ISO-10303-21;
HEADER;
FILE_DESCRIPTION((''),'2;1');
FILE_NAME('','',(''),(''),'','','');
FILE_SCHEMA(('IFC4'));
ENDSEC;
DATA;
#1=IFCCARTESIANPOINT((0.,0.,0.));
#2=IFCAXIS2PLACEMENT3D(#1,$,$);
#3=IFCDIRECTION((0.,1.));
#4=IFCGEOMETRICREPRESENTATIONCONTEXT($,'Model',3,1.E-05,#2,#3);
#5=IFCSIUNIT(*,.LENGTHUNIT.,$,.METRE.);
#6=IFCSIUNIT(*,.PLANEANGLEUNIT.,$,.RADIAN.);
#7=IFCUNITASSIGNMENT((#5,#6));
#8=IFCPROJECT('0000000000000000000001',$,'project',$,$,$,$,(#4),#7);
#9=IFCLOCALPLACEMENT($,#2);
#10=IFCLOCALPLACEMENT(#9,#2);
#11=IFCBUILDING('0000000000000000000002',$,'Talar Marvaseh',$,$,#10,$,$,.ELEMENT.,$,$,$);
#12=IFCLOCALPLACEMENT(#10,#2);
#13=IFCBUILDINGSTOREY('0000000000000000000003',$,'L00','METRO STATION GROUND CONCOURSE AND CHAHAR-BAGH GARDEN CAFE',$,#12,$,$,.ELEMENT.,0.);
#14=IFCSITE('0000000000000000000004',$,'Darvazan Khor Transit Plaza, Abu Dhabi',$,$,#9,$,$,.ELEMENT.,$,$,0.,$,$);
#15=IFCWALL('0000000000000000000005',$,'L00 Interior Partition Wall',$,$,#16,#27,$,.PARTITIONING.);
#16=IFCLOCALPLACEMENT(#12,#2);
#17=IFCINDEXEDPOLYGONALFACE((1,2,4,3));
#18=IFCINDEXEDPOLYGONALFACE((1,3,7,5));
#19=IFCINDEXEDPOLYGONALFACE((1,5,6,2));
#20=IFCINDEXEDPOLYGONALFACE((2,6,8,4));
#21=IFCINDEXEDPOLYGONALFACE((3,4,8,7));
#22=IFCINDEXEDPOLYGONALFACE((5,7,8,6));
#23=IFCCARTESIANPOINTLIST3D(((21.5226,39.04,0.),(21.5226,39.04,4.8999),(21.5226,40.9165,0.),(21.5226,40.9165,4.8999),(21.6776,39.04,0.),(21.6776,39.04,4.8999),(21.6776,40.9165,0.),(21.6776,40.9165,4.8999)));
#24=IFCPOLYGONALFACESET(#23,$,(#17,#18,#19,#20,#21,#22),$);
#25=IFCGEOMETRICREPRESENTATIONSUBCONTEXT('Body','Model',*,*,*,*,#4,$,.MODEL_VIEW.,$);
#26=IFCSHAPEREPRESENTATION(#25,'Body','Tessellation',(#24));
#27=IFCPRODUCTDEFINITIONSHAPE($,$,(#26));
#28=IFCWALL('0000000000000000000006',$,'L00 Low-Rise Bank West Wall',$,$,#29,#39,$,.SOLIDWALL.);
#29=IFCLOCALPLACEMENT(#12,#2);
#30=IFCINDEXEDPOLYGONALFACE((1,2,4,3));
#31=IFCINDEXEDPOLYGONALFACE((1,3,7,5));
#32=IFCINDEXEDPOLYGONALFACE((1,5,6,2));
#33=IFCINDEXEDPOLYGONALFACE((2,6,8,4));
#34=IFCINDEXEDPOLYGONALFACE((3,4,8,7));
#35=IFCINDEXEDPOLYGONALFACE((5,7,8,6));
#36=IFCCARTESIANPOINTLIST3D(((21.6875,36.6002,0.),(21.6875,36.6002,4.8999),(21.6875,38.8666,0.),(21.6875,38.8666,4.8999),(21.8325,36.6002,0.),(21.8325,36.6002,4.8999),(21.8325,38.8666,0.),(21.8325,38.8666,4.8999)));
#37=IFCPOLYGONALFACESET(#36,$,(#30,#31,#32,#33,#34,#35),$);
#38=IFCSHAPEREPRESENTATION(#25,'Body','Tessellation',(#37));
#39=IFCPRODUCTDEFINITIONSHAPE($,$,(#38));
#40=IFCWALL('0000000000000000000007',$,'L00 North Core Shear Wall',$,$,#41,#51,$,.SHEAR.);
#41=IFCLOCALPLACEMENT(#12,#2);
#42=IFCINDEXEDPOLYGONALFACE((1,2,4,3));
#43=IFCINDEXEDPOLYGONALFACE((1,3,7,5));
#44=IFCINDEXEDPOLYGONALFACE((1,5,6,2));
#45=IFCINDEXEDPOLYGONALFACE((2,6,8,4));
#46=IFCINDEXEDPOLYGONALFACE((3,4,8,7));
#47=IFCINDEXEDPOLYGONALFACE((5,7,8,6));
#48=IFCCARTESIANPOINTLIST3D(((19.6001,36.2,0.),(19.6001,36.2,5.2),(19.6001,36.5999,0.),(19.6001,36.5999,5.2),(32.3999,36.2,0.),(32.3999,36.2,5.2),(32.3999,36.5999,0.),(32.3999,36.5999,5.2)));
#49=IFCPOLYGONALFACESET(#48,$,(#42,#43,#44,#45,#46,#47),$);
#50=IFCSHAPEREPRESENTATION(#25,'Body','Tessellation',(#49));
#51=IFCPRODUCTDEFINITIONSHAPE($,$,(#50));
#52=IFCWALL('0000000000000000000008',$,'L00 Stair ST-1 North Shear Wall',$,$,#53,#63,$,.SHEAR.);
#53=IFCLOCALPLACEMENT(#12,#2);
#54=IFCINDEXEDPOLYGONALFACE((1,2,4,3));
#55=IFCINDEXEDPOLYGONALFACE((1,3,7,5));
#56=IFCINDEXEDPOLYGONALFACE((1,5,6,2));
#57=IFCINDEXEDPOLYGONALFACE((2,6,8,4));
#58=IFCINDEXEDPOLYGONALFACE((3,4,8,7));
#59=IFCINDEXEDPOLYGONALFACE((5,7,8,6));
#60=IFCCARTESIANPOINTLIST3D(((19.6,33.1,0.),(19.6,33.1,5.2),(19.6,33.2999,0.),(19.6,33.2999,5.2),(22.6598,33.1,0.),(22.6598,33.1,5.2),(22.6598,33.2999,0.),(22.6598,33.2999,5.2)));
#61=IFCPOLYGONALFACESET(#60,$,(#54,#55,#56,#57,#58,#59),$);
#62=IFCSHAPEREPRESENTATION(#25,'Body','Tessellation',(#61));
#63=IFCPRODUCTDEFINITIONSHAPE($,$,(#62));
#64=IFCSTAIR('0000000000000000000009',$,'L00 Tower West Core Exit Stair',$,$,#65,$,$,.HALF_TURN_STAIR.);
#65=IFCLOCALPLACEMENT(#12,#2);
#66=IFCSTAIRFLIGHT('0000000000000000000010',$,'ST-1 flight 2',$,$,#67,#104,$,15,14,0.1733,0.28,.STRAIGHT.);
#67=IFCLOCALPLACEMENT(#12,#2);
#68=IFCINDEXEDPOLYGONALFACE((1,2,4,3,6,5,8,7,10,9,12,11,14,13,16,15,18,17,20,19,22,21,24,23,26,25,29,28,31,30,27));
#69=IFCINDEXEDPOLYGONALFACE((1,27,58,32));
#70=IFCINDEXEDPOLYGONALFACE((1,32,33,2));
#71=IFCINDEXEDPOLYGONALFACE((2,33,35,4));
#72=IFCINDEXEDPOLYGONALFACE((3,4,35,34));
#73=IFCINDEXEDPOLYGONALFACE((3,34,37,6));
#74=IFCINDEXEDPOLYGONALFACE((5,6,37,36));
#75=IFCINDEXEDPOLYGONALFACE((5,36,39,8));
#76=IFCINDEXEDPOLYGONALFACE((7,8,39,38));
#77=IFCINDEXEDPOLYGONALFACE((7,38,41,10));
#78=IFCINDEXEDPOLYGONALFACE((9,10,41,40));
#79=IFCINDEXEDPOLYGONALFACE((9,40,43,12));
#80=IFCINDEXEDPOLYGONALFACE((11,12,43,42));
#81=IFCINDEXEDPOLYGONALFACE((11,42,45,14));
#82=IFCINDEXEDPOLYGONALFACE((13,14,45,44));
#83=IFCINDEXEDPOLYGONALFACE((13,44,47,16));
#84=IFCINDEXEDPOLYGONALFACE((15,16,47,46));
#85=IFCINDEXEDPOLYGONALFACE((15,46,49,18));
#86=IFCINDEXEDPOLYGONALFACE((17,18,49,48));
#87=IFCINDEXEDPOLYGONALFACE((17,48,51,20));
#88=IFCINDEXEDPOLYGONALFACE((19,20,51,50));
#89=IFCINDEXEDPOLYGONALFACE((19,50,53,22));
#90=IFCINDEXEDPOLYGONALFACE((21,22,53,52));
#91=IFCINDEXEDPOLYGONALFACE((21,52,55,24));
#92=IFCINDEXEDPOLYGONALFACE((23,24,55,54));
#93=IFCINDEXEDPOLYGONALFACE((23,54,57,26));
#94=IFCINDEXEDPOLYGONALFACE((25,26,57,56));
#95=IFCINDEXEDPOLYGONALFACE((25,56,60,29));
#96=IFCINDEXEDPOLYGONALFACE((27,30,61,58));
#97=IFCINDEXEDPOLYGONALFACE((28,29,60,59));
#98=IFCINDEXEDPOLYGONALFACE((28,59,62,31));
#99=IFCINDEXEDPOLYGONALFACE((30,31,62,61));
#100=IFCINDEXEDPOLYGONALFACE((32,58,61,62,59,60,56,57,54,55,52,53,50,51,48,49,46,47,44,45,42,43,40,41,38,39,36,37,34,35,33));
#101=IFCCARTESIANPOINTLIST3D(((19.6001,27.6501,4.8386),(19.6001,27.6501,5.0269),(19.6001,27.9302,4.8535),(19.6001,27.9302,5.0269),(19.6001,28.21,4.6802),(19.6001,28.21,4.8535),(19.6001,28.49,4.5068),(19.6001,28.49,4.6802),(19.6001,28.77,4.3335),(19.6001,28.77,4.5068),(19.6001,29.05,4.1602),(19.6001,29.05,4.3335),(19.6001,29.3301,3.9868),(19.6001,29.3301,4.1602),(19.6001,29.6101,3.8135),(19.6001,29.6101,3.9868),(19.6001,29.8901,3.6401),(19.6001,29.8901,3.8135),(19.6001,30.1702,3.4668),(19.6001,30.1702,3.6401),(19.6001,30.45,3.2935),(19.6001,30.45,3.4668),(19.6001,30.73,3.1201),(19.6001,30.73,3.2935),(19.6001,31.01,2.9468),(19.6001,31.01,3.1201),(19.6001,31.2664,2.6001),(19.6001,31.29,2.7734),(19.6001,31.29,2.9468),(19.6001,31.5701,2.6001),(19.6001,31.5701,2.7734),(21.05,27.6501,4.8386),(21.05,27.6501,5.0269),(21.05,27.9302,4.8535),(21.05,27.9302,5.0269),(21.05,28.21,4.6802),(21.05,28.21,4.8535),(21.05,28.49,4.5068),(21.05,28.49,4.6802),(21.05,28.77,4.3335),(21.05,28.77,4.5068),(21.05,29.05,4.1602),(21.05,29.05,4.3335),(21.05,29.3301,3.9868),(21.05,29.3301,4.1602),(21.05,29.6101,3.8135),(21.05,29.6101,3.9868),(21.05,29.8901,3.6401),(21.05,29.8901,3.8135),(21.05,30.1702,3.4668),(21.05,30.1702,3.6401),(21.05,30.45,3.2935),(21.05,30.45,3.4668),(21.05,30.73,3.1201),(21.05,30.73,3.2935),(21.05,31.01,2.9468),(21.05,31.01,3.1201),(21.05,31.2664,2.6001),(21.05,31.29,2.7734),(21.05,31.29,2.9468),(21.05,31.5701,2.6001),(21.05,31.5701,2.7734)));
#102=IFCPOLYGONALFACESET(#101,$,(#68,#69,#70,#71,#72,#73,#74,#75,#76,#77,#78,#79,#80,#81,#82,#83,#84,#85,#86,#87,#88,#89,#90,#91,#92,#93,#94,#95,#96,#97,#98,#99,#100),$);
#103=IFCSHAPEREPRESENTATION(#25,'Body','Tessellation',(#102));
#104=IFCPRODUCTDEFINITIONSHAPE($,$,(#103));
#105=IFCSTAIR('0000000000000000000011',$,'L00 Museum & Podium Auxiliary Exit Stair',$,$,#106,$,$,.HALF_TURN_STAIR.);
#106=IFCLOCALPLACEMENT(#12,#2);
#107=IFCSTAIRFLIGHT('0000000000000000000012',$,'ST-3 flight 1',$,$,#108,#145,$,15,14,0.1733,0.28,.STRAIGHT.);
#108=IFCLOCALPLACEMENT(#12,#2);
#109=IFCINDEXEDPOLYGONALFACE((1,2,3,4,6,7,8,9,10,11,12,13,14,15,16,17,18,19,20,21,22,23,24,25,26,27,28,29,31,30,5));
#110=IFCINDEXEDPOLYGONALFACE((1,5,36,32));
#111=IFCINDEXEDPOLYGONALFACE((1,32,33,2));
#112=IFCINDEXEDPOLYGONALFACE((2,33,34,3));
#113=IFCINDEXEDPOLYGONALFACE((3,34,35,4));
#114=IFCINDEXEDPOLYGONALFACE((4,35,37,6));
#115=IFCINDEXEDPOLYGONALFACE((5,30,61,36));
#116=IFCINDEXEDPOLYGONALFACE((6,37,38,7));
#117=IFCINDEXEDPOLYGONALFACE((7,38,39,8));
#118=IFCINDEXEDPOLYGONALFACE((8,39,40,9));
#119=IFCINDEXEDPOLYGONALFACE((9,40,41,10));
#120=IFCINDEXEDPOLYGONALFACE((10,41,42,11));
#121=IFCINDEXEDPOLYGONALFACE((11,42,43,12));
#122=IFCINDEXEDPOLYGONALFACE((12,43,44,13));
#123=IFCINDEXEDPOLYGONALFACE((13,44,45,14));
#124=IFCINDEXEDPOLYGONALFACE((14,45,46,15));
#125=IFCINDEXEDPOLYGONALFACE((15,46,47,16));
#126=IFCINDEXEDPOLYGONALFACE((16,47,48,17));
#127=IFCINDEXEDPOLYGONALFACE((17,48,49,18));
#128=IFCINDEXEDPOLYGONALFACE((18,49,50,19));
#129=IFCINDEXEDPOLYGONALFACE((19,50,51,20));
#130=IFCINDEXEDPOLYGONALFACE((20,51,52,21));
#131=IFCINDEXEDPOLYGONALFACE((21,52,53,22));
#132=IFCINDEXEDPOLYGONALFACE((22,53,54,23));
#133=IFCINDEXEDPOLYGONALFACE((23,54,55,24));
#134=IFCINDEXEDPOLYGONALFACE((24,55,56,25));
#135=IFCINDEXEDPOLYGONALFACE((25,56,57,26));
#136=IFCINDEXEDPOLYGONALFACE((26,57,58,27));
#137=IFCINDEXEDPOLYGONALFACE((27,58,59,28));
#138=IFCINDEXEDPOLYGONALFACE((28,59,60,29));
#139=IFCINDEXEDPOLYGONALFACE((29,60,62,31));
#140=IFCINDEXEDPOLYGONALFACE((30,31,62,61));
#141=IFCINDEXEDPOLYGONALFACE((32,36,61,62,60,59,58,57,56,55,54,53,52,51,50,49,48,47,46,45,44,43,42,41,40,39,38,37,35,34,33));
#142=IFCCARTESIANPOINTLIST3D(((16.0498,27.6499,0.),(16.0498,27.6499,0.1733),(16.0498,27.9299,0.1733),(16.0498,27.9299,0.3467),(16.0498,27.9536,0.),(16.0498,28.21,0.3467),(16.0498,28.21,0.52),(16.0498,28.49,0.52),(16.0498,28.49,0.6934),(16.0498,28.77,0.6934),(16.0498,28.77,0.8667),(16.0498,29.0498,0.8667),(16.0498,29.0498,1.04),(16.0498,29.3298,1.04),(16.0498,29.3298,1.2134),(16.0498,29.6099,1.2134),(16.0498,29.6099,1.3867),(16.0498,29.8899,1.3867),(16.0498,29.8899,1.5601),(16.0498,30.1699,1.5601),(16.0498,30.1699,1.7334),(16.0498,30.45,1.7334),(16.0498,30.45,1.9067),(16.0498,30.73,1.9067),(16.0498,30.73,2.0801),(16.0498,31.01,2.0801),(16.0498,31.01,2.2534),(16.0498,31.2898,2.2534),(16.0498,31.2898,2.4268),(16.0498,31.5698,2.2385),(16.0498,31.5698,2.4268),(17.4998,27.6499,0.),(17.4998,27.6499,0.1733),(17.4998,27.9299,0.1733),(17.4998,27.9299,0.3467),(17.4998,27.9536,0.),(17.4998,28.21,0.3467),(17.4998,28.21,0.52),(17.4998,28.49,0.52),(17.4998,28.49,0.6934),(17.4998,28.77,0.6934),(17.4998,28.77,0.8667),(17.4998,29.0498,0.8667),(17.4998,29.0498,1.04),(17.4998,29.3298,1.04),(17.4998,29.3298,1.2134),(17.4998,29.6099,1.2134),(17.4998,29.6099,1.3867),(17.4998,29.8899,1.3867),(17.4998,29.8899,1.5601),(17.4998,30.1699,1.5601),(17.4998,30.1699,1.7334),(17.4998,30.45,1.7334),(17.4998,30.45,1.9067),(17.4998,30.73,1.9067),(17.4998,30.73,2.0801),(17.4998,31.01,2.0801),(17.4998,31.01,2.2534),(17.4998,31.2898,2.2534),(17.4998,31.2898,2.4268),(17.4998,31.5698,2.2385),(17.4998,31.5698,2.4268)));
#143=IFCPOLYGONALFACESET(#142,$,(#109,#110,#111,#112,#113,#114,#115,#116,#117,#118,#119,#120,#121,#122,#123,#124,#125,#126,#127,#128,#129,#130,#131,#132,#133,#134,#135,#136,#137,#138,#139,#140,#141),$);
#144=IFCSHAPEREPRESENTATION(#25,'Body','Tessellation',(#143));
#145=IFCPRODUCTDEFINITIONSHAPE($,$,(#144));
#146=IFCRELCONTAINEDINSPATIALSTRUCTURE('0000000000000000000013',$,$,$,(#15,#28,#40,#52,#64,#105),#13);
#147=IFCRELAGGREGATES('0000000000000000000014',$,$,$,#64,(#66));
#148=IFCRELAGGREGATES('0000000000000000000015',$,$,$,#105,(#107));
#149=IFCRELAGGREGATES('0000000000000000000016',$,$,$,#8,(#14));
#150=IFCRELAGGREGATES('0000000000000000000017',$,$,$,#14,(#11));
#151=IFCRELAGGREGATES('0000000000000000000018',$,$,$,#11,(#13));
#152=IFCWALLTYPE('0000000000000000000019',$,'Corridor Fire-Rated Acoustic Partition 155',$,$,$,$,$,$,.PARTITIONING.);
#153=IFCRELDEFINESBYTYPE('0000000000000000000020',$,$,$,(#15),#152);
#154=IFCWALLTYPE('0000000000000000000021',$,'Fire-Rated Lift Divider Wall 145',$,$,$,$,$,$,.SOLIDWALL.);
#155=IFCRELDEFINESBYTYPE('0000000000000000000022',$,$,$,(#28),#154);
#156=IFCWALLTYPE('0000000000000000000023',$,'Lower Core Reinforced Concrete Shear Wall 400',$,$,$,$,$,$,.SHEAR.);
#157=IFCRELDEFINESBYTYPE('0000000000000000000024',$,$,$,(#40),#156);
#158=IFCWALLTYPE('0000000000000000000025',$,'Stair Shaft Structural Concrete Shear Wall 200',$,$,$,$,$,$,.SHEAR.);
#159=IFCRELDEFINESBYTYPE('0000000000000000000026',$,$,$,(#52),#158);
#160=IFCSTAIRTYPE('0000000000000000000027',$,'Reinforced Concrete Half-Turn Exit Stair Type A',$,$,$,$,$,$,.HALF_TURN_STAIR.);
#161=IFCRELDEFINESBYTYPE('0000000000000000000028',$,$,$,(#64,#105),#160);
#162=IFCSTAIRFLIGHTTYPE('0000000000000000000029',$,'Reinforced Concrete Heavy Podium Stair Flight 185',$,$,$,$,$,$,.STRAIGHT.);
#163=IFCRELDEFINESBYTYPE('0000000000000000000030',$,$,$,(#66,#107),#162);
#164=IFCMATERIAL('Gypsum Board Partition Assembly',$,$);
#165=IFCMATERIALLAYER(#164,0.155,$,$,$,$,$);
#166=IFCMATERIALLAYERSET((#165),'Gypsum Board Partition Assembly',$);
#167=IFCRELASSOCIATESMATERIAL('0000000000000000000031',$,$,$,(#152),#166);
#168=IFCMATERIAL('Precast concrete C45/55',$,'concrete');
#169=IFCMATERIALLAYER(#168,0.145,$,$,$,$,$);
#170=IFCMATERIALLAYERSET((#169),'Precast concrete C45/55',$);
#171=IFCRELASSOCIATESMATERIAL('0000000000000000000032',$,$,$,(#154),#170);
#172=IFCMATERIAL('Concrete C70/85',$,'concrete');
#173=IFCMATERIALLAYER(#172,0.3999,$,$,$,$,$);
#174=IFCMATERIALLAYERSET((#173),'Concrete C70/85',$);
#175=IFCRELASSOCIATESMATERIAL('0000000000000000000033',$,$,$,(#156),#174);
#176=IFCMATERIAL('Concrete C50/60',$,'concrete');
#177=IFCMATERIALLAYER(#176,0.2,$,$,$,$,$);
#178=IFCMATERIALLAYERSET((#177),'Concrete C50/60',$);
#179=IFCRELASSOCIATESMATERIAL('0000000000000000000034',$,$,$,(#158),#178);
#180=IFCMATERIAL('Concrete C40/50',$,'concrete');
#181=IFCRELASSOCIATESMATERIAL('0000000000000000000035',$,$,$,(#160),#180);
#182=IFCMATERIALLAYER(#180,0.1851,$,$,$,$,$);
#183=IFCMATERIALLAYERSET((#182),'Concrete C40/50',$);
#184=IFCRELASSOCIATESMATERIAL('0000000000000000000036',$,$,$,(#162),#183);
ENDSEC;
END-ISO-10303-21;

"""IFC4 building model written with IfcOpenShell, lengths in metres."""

from ifc_helpers import new_model, si_unit, direction, frame, frame_2d, origin, place, context, subcontext, project, spatial, polyline, rectangle, outline, extrude, material, layer, layer_set, type_object, element, aggregate, save


model = new_model("IFC4")

# Units and contexts
model_context = context("Model", 3, precision=1e-05, world=origin(), true_north=direction((0.0, 1.0)))
body_context = subcontext(model_context, "Body", "Model", "MODEL_VIEW")
ifc_project = project(units=[si_unit("LENGTHUNIT", "METRE"), si_unit("PLANEANGLEUNIT", "RADIAN")], contexts=[model_context])

# Site, building, storey
site_placement = place(None, origin())
site = spatial("IfcSite", under=ifc_project, at=site_placement, Name="Darvazan Khor Transit Plaza, Abu Dhabi", CompositionType="ELEMENT", RefElevation=0.0)
building_placement = place(site_placement, origin())
building = spatial("IfcBuilding", under=site, at=building_placement, Name="Talar Marvaseh", CompositionType="ELEMENT")
storey_placement = place(building_placement, origin())
storey = spatial("IfcBuildingStorey", under=building, at=storey_placement, Name="L00", Description="METRO STATION GROUND CONCOURSE AND CHAHAR-BAGH GARDEN CAFE", CompositionType="ELEMENT", Elevation=0.0)

# Shared definitions
ifc_material_1 = material(Name="Concrete C70/85", Category="concrete")

# Shared definitions
ifc_material_2 = material(Name="Concrete C40/50", Category="concrete")

# Shared definitions
ifc_material_3 = material(Name="Gypsum Board Partition Assembly")
ifc_layer_1 = layer(ifc_material_3, 0.155)
ifc_layer_set_1 = layer_set([ifc_layer_1], Name="Gypsum Board Partition Assembly")
wall_type_1 = type_object("IfcWallType", Name="Corridor Fire-Rated Acoustic Partition 155", PredefinedType="PARTITIONING", material=ifc_layer_set_1)

# Walls
wall_1_placement = place(storey_placement, frame((21.6001, 39.04, 0.0), z_axis=(0.0, 0.0, 1.0), x_axis=(0.0, 1.0, 0.0)))
element("IfcWall", 1, at=wall_1_placement, inside=storey, type_object=wall_type_1, Name="L00 Interior Partition Wall", PredefinedType="PARTITIONING", context=body_context, shape_type="SweptSolid", body=[
    extrude(rectangle(XDim=1.8765, YDim=0.155, at=frame_2d((0.9382, 0.0))), origin(), (0.0, 0.0, 1.0), 4.8999),
])
ifc_material_4 = material(Name="Precast concrete C45/55", Category="concrete")
ifc_layer_2 = layer(ifc_material_4, 0.145)
ifc_layer_set_2 = layer_set([ifc_layer_2], Name="Precast concrete C45/55")
wall_type_2 = type_object("IfcWallType", Name="Fire-Rated Lift Divider Wall 145", PredefinedType="SOLIDWALL", material=ifc_layer_set_2)
wall_2_placement = place(storey_placement, frame((21.76, 36.6001, 0.0), z_axis=(0.0, 0.0, 1.0), x_axis=(0.0, 1.0, 0.0)))
element("IfcWall", 2, at=wall_2_placement, inside=storey, type_object=wall_type_2, Name="L00 Low-Rise Bank West Wall", PredefinedType="SOLIDWALL", context=body_context, shape_type="SweptSolid", body=[
    extrude(rectangle(XDim=2.2664, YDim=0.145, at=frame_2d((1.1333, 0.0))), origin(), (0.0, 0.0, 1.0), 4.8999),
])

# Walls
ifc_layer_3 = layer(ifc_material_1, 0.3999)
ifc_layer_set_3 = layer_set([ifc_layer_3], Name="Concrete C70/85")
wall_type_3 = type_object("IfcWallType", Name="Lower Core Reinforced Concrete Shear Wall 400", PredefinedType="SHEAR", material=ifc_layer_set_3)
wall_3_placement = place(storey_placement, frame((19.6001, 36.3999, 0.0), z_axis=(0.0, 0.0, 1.0), x_axis=(1.0, 0.0, 0.0)))
element("IfcWall", 3, at=wall_3_placement, inside=storey, type_object=wall_type_3, Name="L00 North Core Shear Wall", PredefinedType="SHEAR", context=body_context, shape_type="SweptSolid", body=[
    extrude(rectangle(XDim=12.7998, YDim=0.3999, at=frame_2d((6.3999, 0.0))), origin(), (0.0, 0.0, 1.0), 5.2),
])
ifc_material_5 = material(Name="Concrete C50/60", Category="concrete")
ifc_layer_4 = layer(ifc_material_5, 0.2)
ifc_layer_set_4 = layer_set([ifc_layer_4], Name="Concrete C50/60")
wall_type_4 = type_object("IfcWallType", Name="Stair Shaft Structural Concrete Shear Wall 200", PredefinedType="SHEAR", material=ifc_layer_set_4)
wall_4_placement = place(storey_placement, frame((19.6001, 33.2, 0.0), z_axis=(0.0, 0.0, 1.0), x_axis=(1.0, 0.0, 0.0)))
element("IfcWall", 4, at=wall_4_placement, inside=storey, type_object=wall_type_4, Name="L00 Stair ST-1 North Shear Wall", PredefinedType="SHEAR", context=body_context, shape_type="SweptSolid", body=[
    extrude(rectangle(XDim=3.0598, YDim=0.2, at=frame_2d((1.5298, 0.0))), origin(), (0.0, 0.0, 1.0), 5.2),
])

# Stairs, stair flights
stair_type = type_object("IfcStairType", Name="Reinforced Concrete Half-Turn Exit Stair Type A", PredefinedType="HALF_TURN_STAIR", material=ifc_material_2)
stair_1_placement = place(storey_placement, origin())
stair_1 = element("IfcStair", 5, at=stair_1_placement, inside=storey, type_object=stair_type, Name="L00 Tower West Core Exit Stair", PredefinedType="HALF_TURN_STAIR")
ifc_layer_5 = layer(ifc_material_2, 0.1851)
ifc_layer_set_5 = layer_set([ifc_layer_5], Name="Concrete C40/50")
stair_flight_type = type_object("IfcStairFlightType", Name="Reinforced Concrete Heavy Podium Stair Flight 185", PredefinedType="STRAIGHT", material=ifc_layer_set_5)
stair_flight_1_placement = place(storey_placement, frame((20.325, 31.5701, 2.6001), z_axis=(0.0, 0.0, 1.0), x_axis=(0.0, -1.0, 0.0)))
stair_flight_1 = element("IfcStairFlight", 6, at=stair_flight_1_placement, type_object=stair_flight_type, Name="ST-1 flight 2", NumberOfRisers=15, NumberOfTreads=14, PredefinedType="STRAIGHT", RiserHeight=0.1733, TreadLength=0.28, context=body_context, shape_type="SweptSolid", body=[
    extrude(outline(polyline([(0.0, 0.0), (0.0, 0.1733), (0.28, 0.1733), (0.28, 0.3467), (0.5601, 0.3467), (0.5601, 0.52), (0.8401, 0.52), (0.8401, 0.6934), (1.1201, 0.6934), (1.1201, 0.8667), (1.3999, 0.8667), (1.3999, 1.04), (1.6799, 1.04), (1.6799, 1.2134), (1.96, 1.2134), (1.96, 1.3867), (2.24, 1.3867), (2.24, 1.5601), (2.52, 1.5601), (2.52, 1.7334), (2.8, 1.7334), (2.8, 1.9067), (3.0801, 1.9067), (3.0801, 2.0801), (3.3601, 2.0801), (3.3601, 2.2534), (3.6399, 2.2534), (3.6399, 2.4268), (3.9199, 2.4268), (3.9199, 2.6001), (3.9199, 2.2385), (0.3037, 0.0), (0.0, 0.0)])), frame((0.0, 0.7251, 0.0), z_axis=(0.0, -1.0, 0.0), x_axis=(1.0, 0.0, 0.0)), (0.0, 0.0, 1.0), 1.45),
])
aggregate(stair_1, [stair_flight_1])
stair_2_placement = place(storey_placement, origin())
stair_2 = element("IfcStair", 7, at=stair_2_placement, inside=storey, type_object=stair_type, Name="L00 Museum & Podium Auxiliary Exit Stair", PredefinedType="HALF_TURN_STAIR")
stair_flight_2_placement = place(storey_placement, frame((16.7749, 27.6499, 0.0), z_axis=(0.0, 0.0, 1.0), x_axis=(0.0, 1.0, 0.0)))
stair_flight_2 = element("IfcStairFlight", 8, at=stair_flight_2_placement, type_object=stair_flight_type, Name="ST-3 flight 1", NumberOfRisers=15, NumberOfTreads=14, PredefinedType="STRAIGHT", RiserHeight=0.1733, TreadLength=0.28, context=body_context, shape_type="SweptSolid", body=[
    extrude(outline(polyline([(0.0, 0.0), (0.0, 0.1733), (0.28, 0.1733), (0.28, 0.3467), (0.5601, 0.3467), (0.5601, 0.52), (0.8401, 0.52), (0.8401, 0.6934), (1.1201, 0.6934), (1.1201, 0.8667), (1.3999, 0.8667), (1.3999, 1.04), (1.6799, 1.04), (1.6799, 1.2134), (1.96, 1.2134), (1.96, 1.3867), (2.24, 1.3867), (2.24, 1.5601), (2.52, 1.5601), (2.52, 1.7334), (2.8, 1.7334), (2.8, 1.9067), (3.0801, 1.9067), (3.0801, 2.0801), (3.3601, 2.0801), (3.3601, 2.2534), (3.6399, 2.2534), (3.6399, 2.4268), (3.9199, 2.4268), (3.9199, 2.6001), (3.9199, 2.2385), (0.3037, 0.0), (0.0, 0.0)])), frame((0.0, 0.7251, 0.0), z_axis=(0.0, -1.0, 0.0), x_axis=(1.0, 0.0, 0.0)), (0.0, 0.0, 1.0), 1.45),
])
aggregate(stair_2, [stair_flight_2])

save(model, "model.ifc")
